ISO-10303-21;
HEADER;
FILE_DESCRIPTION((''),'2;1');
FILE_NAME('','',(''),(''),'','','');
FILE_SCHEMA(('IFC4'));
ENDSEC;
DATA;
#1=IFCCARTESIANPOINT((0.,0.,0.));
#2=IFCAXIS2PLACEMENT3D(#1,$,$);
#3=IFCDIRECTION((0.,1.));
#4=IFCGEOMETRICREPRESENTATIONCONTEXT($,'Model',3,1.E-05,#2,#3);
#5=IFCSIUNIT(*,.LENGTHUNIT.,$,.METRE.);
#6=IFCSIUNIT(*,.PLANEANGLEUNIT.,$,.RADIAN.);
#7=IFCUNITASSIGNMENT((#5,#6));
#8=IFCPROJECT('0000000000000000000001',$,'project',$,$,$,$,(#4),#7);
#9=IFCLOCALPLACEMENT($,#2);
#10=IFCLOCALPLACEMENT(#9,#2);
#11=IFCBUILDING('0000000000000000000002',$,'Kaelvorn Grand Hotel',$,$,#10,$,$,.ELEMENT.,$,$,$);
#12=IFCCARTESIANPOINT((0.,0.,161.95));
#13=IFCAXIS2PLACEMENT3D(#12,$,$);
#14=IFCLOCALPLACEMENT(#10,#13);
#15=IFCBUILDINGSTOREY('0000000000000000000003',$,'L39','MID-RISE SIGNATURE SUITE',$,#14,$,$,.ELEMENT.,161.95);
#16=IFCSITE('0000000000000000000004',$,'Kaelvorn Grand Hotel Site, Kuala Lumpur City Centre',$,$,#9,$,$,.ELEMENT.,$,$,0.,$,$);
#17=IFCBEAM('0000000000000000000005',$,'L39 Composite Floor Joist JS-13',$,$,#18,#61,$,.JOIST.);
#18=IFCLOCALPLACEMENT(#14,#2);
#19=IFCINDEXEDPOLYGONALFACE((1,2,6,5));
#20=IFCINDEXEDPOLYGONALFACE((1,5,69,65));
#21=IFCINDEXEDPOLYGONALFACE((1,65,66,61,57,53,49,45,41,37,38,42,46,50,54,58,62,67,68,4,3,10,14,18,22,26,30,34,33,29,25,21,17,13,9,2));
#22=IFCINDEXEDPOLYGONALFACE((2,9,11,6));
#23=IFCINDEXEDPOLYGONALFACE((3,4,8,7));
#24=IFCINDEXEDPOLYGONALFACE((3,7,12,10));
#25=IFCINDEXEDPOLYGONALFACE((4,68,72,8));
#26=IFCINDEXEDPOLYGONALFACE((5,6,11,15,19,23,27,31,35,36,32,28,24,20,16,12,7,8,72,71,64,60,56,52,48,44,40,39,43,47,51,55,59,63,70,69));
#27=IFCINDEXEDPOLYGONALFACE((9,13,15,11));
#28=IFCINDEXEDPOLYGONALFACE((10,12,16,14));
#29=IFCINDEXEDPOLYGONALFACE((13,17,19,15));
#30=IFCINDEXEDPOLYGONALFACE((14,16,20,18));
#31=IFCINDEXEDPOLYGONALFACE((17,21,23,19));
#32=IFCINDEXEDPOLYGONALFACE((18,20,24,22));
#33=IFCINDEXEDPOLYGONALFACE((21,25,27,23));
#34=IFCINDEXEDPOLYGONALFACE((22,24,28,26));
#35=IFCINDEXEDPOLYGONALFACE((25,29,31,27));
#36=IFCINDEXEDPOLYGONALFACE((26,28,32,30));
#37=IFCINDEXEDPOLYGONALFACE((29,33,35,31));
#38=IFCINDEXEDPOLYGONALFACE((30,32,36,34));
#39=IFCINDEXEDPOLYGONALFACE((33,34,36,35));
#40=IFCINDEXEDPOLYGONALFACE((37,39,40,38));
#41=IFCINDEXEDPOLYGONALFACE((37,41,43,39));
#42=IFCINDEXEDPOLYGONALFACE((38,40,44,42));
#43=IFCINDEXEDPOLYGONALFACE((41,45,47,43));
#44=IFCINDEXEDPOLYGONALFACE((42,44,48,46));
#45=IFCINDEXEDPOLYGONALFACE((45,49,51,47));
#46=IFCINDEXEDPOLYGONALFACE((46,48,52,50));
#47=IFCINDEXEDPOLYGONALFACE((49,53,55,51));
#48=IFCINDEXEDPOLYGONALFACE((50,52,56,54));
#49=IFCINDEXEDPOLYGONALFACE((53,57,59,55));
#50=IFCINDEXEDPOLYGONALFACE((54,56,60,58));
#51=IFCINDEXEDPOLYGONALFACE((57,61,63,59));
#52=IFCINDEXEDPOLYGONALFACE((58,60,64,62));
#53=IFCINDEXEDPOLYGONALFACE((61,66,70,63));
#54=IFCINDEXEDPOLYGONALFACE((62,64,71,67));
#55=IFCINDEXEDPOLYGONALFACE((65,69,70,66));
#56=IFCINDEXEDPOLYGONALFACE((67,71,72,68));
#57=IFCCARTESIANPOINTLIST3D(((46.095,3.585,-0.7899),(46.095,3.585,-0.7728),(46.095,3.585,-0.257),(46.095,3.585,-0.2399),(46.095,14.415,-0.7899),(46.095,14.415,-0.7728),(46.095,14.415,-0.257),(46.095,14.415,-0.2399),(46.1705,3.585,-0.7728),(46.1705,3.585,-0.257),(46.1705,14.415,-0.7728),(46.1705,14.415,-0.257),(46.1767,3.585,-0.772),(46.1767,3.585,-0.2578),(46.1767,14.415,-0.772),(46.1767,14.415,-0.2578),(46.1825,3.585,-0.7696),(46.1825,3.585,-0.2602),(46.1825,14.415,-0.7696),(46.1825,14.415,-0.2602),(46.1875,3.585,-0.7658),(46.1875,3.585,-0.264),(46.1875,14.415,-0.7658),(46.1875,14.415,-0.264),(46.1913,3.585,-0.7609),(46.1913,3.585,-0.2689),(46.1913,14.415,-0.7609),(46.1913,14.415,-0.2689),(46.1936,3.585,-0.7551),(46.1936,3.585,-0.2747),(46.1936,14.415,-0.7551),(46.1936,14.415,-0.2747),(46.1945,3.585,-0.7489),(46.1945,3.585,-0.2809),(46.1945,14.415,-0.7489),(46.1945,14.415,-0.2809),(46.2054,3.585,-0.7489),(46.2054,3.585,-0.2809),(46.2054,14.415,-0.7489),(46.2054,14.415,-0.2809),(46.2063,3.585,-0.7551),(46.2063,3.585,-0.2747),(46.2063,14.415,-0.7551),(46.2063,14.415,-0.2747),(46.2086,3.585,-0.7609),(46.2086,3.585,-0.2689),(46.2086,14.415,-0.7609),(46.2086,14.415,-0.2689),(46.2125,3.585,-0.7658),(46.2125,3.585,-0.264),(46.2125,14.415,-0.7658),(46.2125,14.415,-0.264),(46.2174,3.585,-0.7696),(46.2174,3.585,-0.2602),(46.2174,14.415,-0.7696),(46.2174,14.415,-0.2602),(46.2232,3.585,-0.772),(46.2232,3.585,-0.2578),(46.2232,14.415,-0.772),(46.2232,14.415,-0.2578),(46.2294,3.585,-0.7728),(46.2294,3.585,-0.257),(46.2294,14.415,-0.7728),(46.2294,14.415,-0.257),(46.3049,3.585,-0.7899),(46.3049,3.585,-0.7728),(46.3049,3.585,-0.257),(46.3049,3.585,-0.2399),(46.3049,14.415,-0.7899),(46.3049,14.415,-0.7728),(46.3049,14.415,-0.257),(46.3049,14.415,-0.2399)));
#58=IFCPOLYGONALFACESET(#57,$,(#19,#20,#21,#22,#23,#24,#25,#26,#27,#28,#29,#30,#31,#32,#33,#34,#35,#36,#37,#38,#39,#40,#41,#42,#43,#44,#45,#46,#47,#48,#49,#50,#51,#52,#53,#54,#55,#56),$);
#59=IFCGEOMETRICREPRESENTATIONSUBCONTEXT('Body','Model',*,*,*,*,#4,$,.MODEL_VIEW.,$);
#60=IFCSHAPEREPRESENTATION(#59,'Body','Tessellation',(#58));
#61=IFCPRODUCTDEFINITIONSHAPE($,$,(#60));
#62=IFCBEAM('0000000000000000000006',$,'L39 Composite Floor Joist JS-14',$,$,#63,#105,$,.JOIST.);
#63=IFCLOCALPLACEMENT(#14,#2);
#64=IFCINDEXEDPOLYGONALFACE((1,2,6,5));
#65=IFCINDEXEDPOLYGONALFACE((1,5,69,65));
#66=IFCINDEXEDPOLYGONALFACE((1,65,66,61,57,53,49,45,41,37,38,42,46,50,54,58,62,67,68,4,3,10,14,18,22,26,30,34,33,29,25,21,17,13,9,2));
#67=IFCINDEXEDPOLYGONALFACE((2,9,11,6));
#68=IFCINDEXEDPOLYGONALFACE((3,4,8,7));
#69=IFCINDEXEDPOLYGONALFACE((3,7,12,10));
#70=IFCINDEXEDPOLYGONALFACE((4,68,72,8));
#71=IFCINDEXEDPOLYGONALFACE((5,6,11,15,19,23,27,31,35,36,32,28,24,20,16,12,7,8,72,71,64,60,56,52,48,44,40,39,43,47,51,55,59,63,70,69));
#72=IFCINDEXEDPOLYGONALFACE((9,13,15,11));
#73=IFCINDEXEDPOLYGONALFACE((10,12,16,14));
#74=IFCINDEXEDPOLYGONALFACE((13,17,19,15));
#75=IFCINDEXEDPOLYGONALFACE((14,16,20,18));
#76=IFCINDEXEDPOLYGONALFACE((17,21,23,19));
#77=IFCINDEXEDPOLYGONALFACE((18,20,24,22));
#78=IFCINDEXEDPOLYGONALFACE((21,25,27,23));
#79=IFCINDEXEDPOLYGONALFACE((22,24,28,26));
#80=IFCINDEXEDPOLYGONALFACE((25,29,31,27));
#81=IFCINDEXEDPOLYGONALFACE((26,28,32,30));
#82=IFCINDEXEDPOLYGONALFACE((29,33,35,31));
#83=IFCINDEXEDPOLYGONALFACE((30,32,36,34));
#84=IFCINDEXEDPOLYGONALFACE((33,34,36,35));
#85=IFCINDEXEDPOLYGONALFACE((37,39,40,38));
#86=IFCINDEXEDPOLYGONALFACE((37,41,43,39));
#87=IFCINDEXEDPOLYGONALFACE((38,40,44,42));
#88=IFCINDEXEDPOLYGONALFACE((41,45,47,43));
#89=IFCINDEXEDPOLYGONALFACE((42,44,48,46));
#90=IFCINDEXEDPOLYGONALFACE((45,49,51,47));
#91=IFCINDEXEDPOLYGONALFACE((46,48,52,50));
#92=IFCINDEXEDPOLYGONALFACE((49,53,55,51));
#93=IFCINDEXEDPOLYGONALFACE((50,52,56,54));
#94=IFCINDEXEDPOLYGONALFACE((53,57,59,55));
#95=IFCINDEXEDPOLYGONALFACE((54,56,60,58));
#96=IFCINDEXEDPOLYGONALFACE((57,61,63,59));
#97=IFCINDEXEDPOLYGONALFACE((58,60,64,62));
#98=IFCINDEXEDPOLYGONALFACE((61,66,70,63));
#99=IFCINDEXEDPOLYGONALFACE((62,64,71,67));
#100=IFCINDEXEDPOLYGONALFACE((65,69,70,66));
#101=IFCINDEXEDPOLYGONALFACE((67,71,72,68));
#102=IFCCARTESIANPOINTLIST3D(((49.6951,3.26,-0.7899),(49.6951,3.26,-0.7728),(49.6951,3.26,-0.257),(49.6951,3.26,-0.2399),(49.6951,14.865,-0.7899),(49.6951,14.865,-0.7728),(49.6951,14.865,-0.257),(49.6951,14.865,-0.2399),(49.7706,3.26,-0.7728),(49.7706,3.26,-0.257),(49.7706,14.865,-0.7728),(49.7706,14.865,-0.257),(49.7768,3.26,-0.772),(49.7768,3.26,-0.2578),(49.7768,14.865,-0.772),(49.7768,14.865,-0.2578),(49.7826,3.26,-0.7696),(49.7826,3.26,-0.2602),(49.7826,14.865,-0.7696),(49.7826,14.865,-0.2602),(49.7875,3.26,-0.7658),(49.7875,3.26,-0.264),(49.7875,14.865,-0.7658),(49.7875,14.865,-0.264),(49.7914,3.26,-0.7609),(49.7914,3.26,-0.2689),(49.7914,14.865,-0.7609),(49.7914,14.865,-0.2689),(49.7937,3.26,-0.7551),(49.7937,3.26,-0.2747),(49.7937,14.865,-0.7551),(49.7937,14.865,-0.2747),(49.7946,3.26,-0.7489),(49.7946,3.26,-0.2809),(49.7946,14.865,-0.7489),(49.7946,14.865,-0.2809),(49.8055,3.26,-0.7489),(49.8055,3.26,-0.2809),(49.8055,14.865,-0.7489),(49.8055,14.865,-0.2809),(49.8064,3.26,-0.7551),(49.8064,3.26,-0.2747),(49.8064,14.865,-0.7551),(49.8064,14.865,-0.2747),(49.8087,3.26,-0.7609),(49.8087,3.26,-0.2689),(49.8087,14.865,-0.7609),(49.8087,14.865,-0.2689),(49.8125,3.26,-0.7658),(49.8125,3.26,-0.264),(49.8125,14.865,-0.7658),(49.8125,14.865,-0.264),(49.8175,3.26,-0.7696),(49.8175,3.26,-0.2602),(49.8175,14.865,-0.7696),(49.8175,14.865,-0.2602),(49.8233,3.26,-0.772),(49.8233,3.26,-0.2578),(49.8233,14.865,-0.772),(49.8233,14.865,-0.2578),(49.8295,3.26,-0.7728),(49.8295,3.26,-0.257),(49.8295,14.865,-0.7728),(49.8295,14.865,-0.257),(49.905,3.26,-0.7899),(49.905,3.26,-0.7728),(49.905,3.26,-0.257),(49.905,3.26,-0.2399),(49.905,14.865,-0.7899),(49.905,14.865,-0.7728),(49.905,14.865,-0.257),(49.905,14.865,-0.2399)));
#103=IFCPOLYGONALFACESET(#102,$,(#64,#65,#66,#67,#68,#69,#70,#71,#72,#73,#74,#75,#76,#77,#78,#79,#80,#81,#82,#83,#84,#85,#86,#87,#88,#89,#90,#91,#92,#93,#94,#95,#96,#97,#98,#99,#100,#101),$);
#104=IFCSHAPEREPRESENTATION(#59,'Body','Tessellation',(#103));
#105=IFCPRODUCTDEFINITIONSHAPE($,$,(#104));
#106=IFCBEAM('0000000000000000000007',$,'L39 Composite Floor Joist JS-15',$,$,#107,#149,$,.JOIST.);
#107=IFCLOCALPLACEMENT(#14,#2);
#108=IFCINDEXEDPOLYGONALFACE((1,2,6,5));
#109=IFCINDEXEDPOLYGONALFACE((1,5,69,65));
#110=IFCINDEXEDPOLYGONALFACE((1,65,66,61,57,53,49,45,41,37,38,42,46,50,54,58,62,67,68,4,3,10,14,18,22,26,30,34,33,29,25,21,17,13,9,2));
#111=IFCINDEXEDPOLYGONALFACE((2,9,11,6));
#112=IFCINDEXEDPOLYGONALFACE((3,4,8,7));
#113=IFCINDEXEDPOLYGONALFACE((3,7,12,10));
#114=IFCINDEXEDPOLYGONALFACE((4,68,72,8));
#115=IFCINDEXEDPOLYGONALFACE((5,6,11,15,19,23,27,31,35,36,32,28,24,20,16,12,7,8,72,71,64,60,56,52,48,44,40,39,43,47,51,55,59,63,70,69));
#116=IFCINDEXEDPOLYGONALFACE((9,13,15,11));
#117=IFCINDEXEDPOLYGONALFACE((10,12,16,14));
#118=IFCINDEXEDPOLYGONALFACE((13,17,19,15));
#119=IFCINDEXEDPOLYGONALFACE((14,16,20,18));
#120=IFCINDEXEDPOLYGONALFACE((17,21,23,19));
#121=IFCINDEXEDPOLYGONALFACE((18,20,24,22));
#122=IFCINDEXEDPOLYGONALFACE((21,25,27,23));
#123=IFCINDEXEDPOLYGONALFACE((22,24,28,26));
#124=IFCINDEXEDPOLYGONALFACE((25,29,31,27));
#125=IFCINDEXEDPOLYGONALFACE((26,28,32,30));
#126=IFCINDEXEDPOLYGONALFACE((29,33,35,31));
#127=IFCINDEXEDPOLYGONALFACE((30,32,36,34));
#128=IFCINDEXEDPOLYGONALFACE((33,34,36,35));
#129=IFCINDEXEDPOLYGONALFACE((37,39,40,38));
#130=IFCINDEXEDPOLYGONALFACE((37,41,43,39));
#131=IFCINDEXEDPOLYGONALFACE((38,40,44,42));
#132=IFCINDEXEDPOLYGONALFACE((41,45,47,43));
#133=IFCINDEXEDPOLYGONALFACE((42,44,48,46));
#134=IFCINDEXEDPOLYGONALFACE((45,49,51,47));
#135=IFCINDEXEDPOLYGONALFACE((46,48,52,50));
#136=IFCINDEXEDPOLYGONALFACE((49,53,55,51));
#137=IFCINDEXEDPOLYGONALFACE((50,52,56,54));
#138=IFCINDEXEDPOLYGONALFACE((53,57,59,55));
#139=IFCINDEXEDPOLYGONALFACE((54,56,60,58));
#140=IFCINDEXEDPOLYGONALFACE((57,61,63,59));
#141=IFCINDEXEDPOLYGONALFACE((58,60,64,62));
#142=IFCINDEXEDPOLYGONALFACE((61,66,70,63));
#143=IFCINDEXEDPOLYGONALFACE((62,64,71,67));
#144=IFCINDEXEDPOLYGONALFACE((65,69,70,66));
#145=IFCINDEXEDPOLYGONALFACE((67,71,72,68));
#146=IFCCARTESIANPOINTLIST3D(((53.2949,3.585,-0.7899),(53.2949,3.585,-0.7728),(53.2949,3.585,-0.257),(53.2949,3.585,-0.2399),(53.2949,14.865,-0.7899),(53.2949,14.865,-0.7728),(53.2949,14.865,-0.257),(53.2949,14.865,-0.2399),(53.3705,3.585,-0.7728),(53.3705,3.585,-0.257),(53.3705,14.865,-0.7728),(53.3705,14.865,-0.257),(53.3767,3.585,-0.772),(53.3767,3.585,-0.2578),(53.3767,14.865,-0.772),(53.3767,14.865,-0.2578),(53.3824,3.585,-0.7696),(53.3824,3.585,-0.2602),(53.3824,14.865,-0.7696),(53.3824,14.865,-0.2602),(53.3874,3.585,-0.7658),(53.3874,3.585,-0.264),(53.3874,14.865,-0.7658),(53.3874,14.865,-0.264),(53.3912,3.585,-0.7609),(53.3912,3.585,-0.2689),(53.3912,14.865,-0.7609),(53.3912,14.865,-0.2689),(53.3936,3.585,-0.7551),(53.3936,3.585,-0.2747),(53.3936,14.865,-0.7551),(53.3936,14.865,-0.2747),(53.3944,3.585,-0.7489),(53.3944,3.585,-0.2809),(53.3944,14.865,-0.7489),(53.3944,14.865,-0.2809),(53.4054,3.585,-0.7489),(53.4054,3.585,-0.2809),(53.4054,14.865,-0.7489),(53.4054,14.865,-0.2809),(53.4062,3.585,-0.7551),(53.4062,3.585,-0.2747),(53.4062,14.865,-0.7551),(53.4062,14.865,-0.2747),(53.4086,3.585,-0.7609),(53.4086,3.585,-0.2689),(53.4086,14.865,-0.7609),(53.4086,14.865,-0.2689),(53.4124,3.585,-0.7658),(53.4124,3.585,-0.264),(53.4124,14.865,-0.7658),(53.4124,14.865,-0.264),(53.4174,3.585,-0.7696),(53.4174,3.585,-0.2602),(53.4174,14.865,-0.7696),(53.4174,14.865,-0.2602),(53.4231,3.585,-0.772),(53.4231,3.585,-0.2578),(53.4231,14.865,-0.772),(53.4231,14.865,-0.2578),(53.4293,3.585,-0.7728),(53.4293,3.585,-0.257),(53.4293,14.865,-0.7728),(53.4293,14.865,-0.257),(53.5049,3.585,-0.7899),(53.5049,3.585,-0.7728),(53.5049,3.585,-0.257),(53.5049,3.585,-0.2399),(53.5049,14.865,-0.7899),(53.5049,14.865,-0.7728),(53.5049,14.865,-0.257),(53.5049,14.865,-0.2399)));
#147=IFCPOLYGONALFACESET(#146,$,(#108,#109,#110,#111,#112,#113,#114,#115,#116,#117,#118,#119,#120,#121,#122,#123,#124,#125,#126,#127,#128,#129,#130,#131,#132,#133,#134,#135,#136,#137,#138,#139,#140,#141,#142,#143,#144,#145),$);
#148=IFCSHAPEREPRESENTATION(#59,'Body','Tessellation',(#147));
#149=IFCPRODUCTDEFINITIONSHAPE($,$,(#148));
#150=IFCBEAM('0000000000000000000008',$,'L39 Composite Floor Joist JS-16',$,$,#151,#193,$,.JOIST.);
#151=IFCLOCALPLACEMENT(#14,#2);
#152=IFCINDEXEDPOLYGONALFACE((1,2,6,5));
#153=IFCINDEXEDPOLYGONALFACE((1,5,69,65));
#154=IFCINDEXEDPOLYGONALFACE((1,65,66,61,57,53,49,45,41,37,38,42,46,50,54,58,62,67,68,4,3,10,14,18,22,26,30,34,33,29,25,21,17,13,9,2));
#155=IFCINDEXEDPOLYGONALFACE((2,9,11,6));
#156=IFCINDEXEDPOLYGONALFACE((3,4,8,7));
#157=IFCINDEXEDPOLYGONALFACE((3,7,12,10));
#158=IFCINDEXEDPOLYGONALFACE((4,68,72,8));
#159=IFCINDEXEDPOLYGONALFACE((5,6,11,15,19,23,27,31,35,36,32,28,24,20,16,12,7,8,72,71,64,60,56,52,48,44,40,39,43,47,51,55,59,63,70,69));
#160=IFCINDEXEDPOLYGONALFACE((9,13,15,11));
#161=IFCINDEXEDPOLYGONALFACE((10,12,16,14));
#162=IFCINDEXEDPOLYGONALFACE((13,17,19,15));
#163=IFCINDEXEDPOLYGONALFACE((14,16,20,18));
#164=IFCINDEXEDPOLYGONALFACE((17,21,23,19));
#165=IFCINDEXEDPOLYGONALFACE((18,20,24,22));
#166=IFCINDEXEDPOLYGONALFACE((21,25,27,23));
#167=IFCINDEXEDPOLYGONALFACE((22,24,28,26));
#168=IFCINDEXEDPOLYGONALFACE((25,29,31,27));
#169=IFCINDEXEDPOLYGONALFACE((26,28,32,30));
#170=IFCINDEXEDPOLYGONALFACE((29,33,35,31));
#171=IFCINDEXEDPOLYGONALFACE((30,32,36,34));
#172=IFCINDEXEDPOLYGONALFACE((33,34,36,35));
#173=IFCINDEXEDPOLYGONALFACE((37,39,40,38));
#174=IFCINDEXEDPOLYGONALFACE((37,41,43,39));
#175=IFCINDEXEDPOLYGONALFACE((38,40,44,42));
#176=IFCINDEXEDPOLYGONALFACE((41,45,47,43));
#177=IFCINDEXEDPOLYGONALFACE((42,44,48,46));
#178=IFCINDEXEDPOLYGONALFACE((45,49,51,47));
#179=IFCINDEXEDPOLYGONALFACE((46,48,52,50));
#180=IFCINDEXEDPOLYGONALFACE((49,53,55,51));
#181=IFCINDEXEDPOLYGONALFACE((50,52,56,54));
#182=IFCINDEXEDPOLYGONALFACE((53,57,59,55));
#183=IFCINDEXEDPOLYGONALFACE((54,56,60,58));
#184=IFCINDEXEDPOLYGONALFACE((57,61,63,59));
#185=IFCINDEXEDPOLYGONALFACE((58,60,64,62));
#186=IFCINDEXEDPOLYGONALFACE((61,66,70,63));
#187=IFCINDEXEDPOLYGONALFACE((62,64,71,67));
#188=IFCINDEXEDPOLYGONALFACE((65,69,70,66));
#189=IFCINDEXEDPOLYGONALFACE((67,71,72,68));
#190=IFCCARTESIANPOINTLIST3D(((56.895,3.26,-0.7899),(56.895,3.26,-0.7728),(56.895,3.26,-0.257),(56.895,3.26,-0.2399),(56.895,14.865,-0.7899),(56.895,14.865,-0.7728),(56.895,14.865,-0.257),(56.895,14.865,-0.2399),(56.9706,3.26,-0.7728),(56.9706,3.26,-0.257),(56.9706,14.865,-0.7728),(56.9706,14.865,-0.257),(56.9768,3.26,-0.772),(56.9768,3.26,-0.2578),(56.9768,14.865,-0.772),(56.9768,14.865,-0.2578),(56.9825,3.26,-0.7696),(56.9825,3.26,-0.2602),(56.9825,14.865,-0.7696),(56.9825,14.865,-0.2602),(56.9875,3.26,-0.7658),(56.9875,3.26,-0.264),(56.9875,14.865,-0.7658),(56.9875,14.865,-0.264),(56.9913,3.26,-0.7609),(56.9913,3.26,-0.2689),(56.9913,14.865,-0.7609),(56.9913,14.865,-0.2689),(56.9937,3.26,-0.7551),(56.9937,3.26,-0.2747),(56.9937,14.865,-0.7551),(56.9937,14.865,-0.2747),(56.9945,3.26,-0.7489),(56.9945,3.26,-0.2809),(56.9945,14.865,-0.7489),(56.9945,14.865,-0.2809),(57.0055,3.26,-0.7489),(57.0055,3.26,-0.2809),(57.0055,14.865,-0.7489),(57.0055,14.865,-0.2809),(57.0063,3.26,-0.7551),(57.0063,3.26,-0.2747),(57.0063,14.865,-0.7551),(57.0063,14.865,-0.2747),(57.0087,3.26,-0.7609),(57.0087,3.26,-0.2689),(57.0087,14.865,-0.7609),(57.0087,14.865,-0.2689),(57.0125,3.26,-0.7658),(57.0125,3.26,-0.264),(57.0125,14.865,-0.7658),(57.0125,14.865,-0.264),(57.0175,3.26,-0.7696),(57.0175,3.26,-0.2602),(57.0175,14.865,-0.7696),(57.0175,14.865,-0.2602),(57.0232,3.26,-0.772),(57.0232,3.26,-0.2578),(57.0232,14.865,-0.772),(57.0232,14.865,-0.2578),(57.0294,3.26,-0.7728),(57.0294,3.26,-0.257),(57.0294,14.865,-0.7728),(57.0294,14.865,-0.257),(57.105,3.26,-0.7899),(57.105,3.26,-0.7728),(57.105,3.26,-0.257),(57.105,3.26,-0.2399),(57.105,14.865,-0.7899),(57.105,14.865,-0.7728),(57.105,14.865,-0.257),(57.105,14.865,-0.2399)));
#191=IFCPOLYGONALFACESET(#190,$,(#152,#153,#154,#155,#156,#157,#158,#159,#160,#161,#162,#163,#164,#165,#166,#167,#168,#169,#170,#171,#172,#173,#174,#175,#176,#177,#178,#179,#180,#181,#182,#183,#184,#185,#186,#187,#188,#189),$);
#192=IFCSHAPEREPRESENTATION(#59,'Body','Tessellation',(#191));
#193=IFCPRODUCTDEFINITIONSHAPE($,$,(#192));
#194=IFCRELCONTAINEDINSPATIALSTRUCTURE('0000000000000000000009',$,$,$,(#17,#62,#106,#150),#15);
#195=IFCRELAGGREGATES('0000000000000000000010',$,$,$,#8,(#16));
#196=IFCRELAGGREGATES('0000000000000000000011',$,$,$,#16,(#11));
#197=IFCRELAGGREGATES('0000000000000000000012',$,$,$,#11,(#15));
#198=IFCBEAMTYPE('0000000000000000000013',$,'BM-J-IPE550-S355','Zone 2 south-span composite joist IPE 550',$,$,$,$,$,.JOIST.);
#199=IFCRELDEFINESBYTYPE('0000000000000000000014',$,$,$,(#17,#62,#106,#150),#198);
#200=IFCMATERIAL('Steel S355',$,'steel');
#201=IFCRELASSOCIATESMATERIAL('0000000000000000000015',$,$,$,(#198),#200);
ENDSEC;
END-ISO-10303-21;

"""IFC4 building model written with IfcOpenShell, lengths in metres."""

from ifc_helpers import new_model, si_unit, direction, frame, origin, origin_2d, place, context, subcontext, project, spatial, i_section, extrude, material, material_profile, profile_set, type_object, element, save


model = new_model("IFC4")

# Units and contexts
model_context = context("Model", 3, precision=1e-05, world=origin(), true_north=direction((0.0, 1.0)))
body_context = subcontext(model_context, "Body", "Model", "MODEL_VIEW")
ifc_project = project(units=[si_unit("LENGTHUNIT", "METRE"), si_unit("PLANEANGLEUNIT", "RADIAN")], contexts=[model_context])

# Site, building, storey
site_placement = place(None, origin())
site = spatial("IfcSite", under=ifc_project, at=site_placement, Name="Kaelvorn Grand Hotel Site, Kuala Lumpur City Centre", CompositionType="ELEMENT", RefElevation=0.0)
building_placement = place(site_placement, origin())
building = spatial("IfcBuilding", under=site, at=building_placement, Name="Kaelvorn Grand Hotel", CompositionType="ELEMENT")
storey_placement = place(building_placement, frame((0.0, 0.0, 161.95)))
storey = spatial("IfcBuildingStorey", under=building, at=storey_placement, Name="L39", Description="MID-RISE SIGNATURE SUITE", CompositionType="ELEMENT", Elevation=161.95)

# Beams
ifc_material_1 = material(Name="Steel S355", Category="steel")
ifc_material_profile_1 = material_profile(ifc_material_1, i_section(OverallWidth=0.21, OverallDepth=0.55, WebThickness=0.011, FlangeThickness=0.0171, FilletRadius=0.0239, at=origin_2d()), Name="IPE 550")
ifc_profile_set_1 = profile_set([ifc_material_profile_1], Name="Steel S355")
beam_type_1 = type_object("IfcBeamType", Name="BM-J-IPE550-S355", Description="Zone 2 south-span composite joist IPE 550", PredefinedType="JOIST", material=ifc_profile_set_1)
beam_1_placement = place(storey_placement, frame((46.2, 3.585, -0.5149), z_axis=(0.0, 1.0, 0.0), x_axis=(-1.0, 0.0, 0.0)))
element("IfcBeam", 1, at=beam_1_placement, inside=storey, type_object=beam_type_1, Name="L39 Composite Floor Joist JS-13", PredefinedType="JOIST", context=body_context, shape_type="SweptSolid", body=[
    extrude(i_section(OverallWidth=0.21, OverallDepth=0.55, WebThickness=0.011, FlangeThickness=0.0171, FilletRadius=0.0239, at=origin_2d()), origin(), (0.0, 0.0, 1.0), 10.8301),
])
beam_2_placement = place(storey_placement, frame((49.8, 3.26, -0.5149), z_axis=(0.0, 1.0, 0.0), x_axis=(-1.0, 0.0, 0.0)))
element("IfcBeam", 2, at=beam_2_placement, inside=storey, type_object=beam_type_1, Name="L39 Composite Floor Joist JS-14", PredefinedType="JOIST", context=body_context, shape_type="SweptSolid", body=[
    extrude(i_section(OverallWidth=0.21, OverallDepth=0.55, WebThickness=0.011, FlangeThickness=0.0171, FilletRadius=0.0239, at=origin_2d()), origin(), (0.0, 0.0, 1.0), 11.605),
])
beam_3_placement = place(storey_placement, frame((53.3999, 3.585, -0.5149), z_axis=(0.0, 1.0, 0.0), x_axis=(-1.0, 0.0, 0.0)))
element("IfcBeam", 3, at=beam_3_placement, inside=storey, type_object=beam_type_1, Name="L39 Composite Floor Joist JS-15", PredefinedType="JOIST", context=body_context, shape_type="SweptSolid", body=[
    extrude(i_section(OverallWidth=0.21, OverallDepth=0.55, WebThickness=0.011, FlangeThickness=0.0171, FilletRadius=0.0239, at=origin_2d()), origin(), (0.0, 0.0, 1.0), 11.28),
])
beam_4_placement = place(storey_placement, frame((57.0, 3.26, -0.5149), z_axis=(0.0, 1.0, 0.0), x_axis=(-1.0, 0.0, 0.0)))
element("IfcBeam", 4, at=beam_4_placement, inside=storey, type_object=beam_type_1, Name="L39 Composite Floor Joist JS-16", PredefinedType="JOIST", context=body_context, shape_type="SweptSolid", body=[
    extrude(i_section(OverallWidth=0.21, OverallDepth=0.55, WebThickness=0.011, FlangeThickness=0.0171, FilletRadius=0.0239, at=origin_2d()), origin(), (0.0, 0.0, 1.0), 11.605),
])

save(model, "model.ifc")
